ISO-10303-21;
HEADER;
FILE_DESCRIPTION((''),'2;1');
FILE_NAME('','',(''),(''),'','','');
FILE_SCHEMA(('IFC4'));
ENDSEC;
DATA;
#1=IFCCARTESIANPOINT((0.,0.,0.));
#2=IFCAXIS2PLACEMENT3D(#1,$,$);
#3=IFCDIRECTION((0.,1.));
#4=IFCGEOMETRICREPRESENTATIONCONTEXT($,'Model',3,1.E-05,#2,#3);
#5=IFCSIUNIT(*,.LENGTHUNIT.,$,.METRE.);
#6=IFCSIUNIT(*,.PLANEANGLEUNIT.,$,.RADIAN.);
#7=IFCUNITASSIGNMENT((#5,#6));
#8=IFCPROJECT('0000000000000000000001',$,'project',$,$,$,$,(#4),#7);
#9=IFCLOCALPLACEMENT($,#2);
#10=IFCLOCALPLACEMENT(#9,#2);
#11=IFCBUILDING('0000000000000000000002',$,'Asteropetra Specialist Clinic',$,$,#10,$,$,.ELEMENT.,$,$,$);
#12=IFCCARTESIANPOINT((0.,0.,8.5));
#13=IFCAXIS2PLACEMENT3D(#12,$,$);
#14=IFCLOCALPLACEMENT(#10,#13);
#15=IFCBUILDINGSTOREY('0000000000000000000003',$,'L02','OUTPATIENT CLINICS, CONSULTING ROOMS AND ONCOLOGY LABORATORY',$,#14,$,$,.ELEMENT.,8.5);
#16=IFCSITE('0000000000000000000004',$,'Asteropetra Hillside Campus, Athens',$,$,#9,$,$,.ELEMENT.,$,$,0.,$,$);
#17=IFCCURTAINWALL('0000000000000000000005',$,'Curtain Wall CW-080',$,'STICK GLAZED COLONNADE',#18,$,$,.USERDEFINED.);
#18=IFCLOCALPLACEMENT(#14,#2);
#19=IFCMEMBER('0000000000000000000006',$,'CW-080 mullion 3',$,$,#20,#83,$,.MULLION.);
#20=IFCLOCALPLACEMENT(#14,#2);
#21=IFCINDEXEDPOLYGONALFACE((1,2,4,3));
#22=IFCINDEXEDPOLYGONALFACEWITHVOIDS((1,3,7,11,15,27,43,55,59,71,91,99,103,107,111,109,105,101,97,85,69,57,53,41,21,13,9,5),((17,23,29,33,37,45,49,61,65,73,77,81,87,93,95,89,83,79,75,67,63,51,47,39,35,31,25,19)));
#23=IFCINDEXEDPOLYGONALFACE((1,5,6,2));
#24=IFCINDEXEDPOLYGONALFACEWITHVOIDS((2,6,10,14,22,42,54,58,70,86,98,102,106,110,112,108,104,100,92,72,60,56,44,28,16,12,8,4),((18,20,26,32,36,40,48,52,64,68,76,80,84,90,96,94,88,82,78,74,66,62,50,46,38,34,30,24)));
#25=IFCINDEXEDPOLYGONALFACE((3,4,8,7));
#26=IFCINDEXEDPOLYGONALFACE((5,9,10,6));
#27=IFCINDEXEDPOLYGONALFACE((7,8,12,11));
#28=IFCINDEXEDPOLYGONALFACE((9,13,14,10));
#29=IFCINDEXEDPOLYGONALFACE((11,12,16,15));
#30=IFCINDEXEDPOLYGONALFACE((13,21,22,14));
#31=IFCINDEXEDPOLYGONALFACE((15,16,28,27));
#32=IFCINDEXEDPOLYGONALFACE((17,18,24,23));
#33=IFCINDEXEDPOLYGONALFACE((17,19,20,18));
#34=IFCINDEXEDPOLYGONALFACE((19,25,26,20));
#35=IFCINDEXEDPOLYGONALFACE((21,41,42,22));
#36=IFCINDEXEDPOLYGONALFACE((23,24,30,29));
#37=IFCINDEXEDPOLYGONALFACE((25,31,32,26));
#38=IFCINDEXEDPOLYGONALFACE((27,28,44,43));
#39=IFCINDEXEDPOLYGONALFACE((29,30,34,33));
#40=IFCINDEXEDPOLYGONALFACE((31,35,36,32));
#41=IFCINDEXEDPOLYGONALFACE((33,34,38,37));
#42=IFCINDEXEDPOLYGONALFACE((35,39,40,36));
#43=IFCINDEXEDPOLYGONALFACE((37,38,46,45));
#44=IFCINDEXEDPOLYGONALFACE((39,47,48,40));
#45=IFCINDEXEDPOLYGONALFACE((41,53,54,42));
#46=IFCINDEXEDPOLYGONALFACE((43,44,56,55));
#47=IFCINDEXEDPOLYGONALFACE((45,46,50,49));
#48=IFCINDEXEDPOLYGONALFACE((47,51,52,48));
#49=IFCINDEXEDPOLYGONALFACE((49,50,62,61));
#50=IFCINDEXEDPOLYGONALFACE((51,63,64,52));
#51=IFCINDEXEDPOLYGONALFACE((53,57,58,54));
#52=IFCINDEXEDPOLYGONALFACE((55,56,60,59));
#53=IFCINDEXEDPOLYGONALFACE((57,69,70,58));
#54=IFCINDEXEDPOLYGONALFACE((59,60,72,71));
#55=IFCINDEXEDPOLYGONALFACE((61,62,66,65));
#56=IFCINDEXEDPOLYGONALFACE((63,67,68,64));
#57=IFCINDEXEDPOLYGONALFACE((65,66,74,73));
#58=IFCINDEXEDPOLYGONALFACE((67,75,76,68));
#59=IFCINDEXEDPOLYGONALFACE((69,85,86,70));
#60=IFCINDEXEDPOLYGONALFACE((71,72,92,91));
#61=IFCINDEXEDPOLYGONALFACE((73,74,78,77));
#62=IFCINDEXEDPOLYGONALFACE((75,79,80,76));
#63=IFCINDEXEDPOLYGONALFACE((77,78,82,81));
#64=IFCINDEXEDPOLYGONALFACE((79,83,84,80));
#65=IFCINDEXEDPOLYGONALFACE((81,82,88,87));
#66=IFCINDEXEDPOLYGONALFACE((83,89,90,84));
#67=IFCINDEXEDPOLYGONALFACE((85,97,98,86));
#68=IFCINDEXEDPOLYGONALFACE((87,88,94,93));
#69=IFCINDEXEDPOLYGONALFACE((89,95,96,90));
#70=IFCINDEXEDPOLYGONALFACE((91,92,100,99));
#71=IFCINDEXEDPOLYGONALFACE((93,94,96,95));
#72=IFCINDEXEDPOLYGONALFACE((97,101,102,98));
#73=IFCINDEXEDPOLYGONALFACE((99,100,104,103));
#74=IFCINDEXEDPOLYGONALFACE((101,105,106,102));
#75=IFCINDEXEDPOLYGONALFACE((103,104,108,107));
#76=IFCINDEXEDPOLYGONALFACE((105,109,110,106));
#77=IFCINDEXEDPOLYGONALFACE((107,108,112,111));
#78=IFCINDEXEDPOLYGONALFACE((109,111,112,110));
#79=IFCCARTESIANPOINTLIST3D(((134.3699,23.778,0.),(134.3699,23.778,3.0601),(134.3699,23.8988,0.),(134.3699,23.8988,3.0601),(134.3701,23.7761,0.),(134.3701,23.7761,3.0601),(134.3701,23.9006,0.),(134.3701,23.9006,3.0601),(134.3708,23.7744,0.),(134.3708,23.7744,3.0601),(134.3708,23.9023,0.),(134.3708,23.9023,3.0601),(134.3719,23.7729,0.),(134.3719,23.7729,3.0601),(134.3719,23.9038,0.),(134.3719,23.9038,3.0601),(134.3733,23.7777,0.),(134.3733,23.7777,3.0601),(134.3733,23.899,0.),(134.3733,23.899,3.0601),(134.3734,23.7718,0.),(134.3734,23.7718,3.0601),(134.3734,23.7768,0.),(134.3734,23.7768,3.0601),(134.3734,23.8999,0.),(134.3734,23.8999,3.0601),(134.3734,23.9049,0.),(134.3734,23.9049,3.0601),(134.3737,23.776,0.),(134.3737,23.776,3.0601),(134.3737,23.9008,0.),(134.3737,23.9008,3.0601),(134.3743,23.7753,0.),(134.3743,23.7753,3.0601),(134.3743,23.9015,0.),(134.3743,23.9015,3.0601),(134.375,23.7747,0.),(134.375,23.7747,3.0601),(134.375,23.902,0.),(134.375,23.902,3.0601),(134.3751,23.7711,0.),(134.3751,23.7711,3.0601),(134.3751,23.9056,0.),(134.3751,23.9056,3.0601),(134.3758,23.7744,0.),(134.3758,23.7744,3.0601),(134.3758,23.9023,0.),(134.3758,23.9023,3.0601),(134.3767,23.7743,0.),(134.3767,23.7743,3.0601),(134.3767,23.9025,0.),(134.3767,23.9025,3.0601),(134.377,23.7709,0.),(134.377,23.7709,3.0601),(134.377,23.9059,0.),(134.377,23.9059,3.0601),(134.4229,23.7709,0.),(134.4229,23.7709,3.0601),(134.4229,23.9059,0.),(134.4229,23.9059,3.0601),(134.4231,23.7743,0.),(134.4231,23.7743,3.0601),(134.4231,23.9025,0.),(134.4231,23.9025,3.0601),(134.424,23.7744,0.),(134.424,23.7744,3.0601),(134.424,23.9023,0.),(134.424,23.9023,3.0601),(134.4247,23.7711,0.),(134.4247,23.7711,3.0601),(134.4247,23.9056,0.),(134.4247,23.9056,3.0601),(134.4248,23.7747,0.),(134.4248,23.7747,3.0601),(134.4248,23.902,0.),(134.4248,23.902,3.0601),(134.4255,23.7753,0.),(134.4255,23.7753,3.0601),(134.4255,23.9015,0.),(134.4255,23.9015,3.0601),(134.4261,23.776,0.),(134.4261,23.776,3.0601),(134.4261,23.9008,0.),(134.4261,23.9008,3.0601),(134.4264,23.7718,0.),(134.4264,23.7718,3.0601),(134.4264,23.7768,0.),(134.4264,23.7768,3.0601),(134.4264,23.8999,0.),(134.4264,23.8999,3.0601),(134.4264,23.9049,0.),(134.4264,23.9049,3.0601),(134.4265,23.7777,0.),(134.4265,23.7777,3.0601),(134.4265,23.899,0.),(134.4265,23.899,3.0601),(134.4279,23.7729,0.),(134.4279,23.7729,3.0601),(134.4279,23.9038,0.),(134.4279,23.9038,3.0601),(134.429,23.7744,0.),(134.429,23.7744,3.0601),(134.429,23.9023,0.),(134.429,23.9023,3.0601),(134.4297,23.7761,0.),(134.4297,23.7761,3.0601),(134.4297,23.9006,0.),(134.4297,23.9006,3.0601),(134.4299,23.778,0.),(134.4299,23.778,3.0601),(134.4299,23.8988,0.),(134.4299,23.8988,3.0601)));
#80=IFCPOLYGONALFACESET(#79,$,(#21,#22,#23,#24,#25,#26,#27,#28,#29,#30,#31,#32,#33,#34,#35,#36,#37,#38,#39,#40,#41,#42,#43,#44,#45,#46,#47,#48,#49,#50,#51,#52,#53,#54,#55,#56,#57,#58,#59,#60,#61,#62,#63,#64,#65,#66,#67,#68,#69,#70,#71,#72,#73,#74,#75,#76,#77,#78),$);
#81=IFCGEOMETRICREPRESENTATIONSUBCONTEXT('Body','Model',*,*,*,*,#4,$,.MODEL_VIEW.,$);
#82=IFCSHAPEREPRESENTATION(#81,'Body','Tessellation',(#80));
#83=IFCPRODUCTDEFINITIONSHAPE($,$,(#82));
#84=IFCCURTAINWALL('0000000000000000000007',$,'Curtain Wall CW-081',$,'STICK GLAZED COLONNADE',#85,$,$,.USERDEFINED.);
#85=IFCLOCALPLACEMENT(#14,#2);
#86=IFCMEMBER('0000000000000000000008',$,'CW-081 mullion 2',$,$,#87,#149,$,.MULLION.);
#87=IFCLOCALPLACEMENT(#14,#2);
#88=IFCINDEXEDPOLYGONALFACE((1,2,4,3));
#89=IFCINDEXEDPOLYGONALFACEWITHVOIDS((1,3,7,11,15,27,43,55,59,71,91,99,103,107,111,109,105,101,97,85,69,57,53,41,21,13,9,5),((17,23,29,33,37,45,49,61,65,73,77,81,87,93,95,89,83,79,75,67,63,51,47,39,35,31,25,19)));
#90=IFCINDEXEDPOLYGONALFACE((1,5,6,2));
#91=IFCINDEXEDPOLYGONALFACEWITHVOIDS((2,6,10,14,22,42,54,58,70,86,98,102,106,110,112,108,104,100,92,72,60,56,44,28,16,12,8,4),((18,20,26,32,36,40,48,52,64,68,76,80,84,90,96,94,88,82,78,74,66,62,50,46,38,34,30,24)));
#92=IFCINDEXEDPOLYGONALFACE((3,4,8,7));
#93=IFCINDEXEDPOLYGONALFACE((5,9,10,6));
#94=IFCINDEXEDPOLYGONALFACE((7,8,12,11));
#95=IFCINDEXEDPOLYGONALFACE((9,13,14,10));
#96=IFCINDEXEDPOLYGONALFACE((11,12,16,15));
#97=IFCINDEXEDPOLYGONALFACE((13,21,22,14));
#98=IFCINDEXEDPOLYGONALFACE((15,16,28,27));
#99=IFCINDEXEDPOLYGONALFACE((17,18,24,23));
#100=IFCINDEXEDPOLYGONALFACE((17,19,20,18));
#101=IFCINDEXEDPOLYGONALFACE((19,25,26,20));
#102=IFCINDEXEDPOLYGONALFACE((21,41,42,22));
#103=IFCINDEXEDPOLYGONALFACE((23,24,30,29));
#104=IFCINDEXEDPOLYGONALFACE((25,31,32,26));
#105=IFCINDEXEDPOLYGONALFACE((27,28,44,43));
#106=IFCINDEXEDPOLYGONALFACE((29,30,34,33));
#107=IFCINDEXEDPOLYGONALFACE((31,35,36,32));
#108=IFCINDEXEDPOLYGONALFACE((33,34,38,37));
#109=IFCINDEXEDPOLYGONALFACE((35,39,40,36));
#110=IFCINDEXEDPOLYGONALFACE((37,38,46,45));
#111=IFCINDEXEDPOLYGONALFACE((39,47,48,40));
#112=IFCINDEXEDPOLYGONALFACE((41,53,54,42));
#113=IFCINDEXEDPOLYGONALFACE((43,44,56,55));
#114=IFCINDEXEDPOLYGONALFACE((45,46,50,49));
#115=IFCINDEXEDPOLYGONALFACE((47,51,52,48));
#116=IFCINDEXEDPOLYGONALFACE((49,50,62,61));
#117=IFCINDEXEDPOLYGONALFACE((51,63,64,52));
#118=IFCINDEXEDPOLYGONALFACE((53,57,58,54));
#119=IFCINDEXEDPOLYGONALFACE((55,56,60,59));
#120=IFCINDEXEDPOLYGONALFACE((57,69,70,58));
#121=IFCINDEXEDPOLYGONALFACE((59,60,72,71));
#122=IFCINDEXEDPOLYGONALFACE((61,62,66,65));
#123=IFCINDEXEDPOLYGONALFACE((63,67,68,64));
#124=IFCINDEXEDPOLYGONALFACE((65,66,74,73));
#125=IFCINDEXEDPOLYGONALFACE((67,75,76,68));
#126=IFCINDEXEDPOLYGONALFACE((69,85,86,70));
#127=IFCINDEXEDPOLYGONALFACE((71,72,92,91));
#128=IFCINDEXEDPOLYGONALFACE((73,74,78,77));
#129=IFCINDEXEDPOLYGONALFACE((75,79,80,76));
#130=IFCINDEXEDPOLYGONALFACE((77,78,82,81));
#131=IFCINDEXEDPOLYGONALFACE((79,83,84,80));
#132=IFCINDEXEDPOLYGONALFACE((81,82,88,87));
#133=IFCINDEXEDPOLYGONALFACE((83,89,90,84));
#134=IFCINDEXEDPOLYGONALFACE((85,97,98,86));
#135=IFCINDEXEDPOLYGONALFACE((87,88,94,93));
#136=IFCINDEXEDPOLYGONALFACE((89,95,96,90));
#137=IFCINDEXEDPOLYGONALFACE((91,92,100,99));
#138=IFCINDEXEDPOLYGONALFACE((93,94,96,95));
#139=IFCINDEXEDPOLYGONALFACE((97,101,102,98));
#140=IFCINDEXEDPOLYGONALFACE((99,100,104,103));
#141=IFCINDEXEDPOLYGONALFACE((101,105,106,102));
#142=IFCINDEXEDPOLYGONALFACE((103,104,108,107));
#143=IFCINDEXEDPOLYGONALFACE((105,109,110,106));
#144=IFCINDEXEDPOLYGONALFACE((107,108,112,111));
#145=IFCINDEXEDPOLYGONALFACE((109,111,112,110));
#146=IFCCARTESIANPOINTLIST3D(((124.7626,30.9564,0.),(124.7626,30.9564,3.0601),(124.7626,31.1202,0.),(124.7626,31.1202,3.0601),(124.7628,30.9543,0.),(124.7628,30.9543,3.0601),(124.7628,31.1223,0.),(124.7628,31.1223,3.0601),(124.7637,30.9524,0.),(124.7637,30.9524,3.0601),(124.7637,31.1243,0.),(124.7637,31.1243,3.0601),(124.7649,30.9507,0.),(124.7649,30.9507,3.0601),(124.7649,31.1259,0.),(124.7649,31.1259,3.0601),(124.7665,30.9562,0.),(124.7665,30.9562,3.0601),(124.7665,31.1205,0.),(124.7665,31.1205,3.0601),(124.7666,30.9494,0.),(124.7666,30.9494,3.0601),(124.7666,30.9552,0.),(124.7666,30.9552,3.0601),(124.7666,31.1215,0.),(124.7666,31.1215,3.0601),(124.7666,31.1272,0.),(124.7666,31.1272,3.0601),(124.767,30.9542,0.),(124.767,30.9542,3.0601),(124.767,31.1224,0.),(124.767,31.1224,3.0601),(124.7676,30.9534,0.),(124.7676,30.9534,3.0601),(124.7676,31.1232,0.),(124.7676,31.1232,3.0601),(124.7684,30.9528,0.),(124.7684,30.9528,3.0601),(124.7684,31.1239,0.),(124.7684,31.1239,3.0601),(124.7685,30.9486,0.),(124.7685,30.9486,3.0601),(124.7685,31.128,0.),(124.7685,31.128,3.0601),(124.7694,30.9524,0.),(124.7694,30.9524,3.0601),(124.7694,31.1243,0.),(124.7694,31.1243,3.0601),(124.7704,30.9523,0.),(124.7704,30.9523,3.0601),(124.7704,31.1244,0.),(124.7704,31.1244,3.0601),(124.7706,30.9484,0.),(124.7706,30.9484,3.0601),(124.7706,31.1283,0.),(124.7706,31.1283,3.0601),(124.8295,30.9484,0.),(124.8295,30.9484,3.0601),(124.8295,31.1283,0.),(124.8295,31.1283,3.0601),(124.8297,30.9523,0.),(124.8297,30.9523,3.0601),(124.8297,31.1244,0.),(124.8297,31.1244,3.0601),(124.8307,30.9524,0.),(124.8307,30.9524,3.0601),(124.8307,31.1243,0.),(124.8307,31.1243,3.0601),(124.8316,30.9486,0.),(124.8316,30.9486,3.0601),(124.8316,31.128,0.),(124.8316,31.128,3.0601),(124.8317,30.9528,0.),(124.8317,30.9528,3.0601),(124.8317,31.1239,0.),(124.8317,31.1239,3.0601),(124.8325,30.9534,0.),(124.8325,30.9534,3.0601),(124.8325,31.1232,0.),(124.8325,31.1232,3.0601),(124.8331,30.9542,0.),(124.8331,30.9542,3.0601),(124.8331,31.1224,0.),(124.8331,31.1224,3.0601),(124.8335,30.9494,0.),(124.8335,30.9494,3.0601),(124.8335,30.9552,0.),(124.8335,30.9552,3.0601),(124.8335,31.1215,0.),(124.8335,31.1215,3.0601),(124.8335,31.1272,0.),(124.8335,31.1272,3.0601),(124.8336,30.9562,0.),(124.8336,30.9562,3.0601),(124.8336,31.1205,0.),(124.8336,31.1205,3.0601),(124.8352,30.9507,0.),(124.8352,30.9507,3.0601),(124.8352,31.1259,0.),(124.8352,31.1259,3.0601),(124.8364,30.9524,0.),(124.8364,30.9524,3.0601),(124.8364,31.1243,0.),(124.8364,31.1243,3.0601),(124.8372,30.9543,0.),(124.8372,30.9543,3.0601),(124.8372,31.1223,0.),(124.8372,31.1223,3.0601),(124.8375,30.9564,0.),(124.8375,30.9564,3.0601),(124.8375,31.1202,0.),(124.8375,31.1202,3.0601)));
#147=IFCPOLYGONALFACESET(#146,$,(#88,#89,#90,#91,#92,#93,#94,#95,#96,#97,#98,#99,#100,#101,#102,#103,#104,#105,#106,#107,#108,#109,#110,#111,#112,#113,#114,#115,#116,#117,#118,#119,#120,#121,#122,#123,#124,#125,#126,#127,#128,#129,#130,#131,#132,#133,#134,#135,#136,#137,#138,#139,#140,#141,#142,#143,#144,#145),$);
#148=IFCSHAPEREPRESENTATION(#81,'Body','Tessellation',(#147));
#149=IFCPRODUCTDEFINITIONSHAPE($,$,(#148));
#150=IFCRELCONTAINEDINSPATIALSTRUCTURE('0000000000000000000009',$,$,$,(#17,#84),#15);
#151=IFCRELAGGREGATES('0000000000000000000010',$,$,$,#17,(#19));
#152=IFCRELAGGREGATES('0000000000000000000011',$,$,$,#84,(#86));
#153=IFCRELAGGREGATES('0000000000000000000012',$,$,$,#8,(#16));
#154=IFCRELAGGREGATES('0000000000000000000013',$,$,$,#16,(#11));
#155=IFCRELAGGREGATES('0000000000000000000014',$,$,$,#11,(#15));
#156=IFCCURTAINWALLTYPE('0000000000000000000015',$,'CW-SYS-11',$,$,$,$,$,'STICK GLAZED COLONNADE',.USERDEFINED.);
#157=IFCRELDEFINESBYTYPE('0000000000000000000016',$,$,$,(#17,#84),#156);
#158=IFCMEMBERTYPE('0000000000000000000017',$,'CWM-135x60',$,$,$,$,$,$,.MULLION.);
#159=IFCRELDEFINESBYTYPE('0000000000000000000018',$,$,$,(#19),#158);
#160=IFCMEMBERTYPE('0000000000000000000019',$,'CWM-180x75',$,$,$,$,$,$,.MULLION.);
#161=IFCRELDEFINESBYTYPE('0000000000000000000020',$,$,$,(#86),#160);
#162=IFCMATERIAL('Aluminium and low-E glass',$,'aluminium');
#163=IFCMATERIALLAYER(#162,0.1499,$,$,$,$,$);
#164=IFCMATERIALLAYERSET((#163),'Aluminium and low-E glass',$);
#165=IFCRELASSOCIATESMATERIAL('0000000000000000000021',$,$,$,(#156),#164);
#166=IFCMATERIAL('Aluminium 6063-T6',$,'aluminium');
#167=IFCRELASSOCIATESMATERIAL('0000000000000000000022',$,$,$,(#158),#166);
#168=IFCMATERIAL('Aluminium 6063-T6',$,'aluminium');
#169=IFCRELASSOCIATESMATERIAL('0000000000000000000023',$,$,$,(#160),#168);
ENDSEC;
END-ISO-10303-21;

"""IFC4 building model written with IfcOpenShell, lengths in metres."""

from ifc_helpers import new_model, si_unit, direction, frame, origin, origin_2d, place, context, subcontext, project, spatial, hollow_rectangle, extrude, material, layer, layer_set, material_profile, profile_set, type_object, element, aggregate, save


model = new_model("IFC4")

# Units and contexts
model_context = context("Model", 3, precision=1e-05, world=origin(), true_north=direction((0.0, 1.0)))
body_context = subcontext(model_context, "Body", "Model", "MODEL_VIEW")
ifc_project = project(units=[si_unit("LENGTHUNIT", "METRE"), si_unit("PLANEANGLEUNIT", "RADIAN")], contexts=[model_context])

# Site, building, storey
site_placement = place(None, origin())
site = spatial("IfcSite", under=ifc_project, at=site_placement, Name="Asteropetra Hillside Campus, Athens", CompositionType="ELEMENT", RefElevation=0.0)
building_placement = place(site_placement, origin())
building = spatial("IfcBuilding", under=site, at=building_placement, Name="Asteropetra Specialist Clinic", CompositionType="ELEMENT")
storey_placement = place(building_placement, frame((0.0, 0.0, 8.5)))
storey = spatial("IfcBuildingStorey", under=building, at=storey_placement, Name="L02", Description="OUTPATIENT CLINICS, CONSULTING ROOMS AND ONCOLOGY LABORATORY", CompositionType="ELEMENT", Elevation=8.5)

# Curtain wall, member
ifc_material_1 = material(Name="Aluminium and low-E glass", Category="aluminium")
ifc_layer_1 = layer(ifc_material_1, 0.1499)
ifc_layer_set_1 = layer_set([ifc_layer_1], Name="Aluminium and low-E glass")
curtain_wall_type = type_object("IfcCurtainWallType", Name="CW-SYS-11", ElementType="STICK GLAZED COLONNADE", PredefinedType="USERDEFINED", material=ifc_layer_set_1)
curtain_wall_1_placement = place(storey_placement, origin())
curtain_wall_1 = element("IfcCurtainWall", 1, at=curtain_wall_1_placement, inside=storey, type_object=curtain_wall_type, Name="Curtain Wall CW-080", ObjectType="STICK GLAZED COLONNADE", PredefinedType="USERDEFINED")
ifc_material_2 = material(Name="Aluminium 6063-T6", Category="aluminium")
ifc_material_profile_1 = material_profile(ifc_material_2, hollow_rectangle(XDim=0.0601, YDim=0.135, WallThickness=0.0034, InnerFilletRadius=0.0034, OuterFilletRadius=0.0071, at=origin_2d()), Name="MUL 135x60x3.5")
ifc_profile_set_1 = profile_set([ifc_material_profile_1], Name="Aluminium 6063-T6")
member_type_1 = type_object("IfcMemberType", Name="CWM-135x60", PredefinedType="MULLION", material=ifc_profile_set_1)
member_1_placement = place(storey_placement, frame((134.3999, 23.8384, 0.0), z_axis=(0.0, 0.0, 1.0), x_axis=(-1.0, 0.0, 0.0)))
member_1 = element("IfcMember", 2, at=member_1_placement, type_object=member_type_1, Name="CW-080 mullion 3", PredefinedType="MULLION", context=body_context, shape_type="SweptSolid", body=[
    extrude(hollow_rectangle(XDim=0.0601, YDim=0.135, WallThickness=0.0034, InnerFilletRadius=0.0034, OuterFilletRadius=0.0071, at=origin_2d()), origin(), (0.0, 0.0, 1.0), 3.0601),
])

# Curtain wall, member
curtain_wall_2_placement = place(storey_placement, origin())
curtain_wall_2 = element("IfcCurtainWall", 3, at=curtain_wall_2_placement, inside=storey, type_object=curtain_wall_type, Name="Curtain Wall CW-081", ObjectType="STICK GLAZED COLONNADE", PredefinedType="USERDEFINED")
ifc_material_3 = material(Name="Aluminium 6063-T6", Category="aluminium")
ifc_material_profile_2 = material_profile(ifc_material_3, hollow_rectangle(XDim=0.075, YDim=0.1799, WallThickness=0.0039, InnerFilletRadius=0.0039, OuterFilletRadius=0.0081, at=origin_2d()), Name="MUL 180x75x4.0")
ifc_profile_set_2 = profile_set([ifc_material_profile_2], Name="Aluminium 6063-T6")
member_type_2 = type_object("IfcMemberType", Name="CWM-180x75", PredefinedType="MULLION", material=ifc_profile_set_2)
member_2_placement = place(storey_placement, frame((124.8, 31.0383, 0.0), z_axis=(0.0, 0.0, 1.0), x_axis=(1.0, 0.0, 0.0)))
member_2 = element("IfcMember", 4, at=member_2_placement, type_object=member_type_2, Name="CW-081 mullion 2", PredefinedType="MULLION", context=body_context, shape_type="SweptSolid", body=[
    extrude(hollow_rectangle(XDim=0.075, YDim=0.1799, WallThickness=0.0039, InnerFilletRadius=0.0039, OuterFilletRadius=0.0081, at=origin_2d()), origin(), (0.0, 0.0, 1.0), 3.0601),
])

aggregate(curtain_wall_1, [member_1])
aggregate(curtain_wall_2, [member_2])

save(model, "model.ifc")
